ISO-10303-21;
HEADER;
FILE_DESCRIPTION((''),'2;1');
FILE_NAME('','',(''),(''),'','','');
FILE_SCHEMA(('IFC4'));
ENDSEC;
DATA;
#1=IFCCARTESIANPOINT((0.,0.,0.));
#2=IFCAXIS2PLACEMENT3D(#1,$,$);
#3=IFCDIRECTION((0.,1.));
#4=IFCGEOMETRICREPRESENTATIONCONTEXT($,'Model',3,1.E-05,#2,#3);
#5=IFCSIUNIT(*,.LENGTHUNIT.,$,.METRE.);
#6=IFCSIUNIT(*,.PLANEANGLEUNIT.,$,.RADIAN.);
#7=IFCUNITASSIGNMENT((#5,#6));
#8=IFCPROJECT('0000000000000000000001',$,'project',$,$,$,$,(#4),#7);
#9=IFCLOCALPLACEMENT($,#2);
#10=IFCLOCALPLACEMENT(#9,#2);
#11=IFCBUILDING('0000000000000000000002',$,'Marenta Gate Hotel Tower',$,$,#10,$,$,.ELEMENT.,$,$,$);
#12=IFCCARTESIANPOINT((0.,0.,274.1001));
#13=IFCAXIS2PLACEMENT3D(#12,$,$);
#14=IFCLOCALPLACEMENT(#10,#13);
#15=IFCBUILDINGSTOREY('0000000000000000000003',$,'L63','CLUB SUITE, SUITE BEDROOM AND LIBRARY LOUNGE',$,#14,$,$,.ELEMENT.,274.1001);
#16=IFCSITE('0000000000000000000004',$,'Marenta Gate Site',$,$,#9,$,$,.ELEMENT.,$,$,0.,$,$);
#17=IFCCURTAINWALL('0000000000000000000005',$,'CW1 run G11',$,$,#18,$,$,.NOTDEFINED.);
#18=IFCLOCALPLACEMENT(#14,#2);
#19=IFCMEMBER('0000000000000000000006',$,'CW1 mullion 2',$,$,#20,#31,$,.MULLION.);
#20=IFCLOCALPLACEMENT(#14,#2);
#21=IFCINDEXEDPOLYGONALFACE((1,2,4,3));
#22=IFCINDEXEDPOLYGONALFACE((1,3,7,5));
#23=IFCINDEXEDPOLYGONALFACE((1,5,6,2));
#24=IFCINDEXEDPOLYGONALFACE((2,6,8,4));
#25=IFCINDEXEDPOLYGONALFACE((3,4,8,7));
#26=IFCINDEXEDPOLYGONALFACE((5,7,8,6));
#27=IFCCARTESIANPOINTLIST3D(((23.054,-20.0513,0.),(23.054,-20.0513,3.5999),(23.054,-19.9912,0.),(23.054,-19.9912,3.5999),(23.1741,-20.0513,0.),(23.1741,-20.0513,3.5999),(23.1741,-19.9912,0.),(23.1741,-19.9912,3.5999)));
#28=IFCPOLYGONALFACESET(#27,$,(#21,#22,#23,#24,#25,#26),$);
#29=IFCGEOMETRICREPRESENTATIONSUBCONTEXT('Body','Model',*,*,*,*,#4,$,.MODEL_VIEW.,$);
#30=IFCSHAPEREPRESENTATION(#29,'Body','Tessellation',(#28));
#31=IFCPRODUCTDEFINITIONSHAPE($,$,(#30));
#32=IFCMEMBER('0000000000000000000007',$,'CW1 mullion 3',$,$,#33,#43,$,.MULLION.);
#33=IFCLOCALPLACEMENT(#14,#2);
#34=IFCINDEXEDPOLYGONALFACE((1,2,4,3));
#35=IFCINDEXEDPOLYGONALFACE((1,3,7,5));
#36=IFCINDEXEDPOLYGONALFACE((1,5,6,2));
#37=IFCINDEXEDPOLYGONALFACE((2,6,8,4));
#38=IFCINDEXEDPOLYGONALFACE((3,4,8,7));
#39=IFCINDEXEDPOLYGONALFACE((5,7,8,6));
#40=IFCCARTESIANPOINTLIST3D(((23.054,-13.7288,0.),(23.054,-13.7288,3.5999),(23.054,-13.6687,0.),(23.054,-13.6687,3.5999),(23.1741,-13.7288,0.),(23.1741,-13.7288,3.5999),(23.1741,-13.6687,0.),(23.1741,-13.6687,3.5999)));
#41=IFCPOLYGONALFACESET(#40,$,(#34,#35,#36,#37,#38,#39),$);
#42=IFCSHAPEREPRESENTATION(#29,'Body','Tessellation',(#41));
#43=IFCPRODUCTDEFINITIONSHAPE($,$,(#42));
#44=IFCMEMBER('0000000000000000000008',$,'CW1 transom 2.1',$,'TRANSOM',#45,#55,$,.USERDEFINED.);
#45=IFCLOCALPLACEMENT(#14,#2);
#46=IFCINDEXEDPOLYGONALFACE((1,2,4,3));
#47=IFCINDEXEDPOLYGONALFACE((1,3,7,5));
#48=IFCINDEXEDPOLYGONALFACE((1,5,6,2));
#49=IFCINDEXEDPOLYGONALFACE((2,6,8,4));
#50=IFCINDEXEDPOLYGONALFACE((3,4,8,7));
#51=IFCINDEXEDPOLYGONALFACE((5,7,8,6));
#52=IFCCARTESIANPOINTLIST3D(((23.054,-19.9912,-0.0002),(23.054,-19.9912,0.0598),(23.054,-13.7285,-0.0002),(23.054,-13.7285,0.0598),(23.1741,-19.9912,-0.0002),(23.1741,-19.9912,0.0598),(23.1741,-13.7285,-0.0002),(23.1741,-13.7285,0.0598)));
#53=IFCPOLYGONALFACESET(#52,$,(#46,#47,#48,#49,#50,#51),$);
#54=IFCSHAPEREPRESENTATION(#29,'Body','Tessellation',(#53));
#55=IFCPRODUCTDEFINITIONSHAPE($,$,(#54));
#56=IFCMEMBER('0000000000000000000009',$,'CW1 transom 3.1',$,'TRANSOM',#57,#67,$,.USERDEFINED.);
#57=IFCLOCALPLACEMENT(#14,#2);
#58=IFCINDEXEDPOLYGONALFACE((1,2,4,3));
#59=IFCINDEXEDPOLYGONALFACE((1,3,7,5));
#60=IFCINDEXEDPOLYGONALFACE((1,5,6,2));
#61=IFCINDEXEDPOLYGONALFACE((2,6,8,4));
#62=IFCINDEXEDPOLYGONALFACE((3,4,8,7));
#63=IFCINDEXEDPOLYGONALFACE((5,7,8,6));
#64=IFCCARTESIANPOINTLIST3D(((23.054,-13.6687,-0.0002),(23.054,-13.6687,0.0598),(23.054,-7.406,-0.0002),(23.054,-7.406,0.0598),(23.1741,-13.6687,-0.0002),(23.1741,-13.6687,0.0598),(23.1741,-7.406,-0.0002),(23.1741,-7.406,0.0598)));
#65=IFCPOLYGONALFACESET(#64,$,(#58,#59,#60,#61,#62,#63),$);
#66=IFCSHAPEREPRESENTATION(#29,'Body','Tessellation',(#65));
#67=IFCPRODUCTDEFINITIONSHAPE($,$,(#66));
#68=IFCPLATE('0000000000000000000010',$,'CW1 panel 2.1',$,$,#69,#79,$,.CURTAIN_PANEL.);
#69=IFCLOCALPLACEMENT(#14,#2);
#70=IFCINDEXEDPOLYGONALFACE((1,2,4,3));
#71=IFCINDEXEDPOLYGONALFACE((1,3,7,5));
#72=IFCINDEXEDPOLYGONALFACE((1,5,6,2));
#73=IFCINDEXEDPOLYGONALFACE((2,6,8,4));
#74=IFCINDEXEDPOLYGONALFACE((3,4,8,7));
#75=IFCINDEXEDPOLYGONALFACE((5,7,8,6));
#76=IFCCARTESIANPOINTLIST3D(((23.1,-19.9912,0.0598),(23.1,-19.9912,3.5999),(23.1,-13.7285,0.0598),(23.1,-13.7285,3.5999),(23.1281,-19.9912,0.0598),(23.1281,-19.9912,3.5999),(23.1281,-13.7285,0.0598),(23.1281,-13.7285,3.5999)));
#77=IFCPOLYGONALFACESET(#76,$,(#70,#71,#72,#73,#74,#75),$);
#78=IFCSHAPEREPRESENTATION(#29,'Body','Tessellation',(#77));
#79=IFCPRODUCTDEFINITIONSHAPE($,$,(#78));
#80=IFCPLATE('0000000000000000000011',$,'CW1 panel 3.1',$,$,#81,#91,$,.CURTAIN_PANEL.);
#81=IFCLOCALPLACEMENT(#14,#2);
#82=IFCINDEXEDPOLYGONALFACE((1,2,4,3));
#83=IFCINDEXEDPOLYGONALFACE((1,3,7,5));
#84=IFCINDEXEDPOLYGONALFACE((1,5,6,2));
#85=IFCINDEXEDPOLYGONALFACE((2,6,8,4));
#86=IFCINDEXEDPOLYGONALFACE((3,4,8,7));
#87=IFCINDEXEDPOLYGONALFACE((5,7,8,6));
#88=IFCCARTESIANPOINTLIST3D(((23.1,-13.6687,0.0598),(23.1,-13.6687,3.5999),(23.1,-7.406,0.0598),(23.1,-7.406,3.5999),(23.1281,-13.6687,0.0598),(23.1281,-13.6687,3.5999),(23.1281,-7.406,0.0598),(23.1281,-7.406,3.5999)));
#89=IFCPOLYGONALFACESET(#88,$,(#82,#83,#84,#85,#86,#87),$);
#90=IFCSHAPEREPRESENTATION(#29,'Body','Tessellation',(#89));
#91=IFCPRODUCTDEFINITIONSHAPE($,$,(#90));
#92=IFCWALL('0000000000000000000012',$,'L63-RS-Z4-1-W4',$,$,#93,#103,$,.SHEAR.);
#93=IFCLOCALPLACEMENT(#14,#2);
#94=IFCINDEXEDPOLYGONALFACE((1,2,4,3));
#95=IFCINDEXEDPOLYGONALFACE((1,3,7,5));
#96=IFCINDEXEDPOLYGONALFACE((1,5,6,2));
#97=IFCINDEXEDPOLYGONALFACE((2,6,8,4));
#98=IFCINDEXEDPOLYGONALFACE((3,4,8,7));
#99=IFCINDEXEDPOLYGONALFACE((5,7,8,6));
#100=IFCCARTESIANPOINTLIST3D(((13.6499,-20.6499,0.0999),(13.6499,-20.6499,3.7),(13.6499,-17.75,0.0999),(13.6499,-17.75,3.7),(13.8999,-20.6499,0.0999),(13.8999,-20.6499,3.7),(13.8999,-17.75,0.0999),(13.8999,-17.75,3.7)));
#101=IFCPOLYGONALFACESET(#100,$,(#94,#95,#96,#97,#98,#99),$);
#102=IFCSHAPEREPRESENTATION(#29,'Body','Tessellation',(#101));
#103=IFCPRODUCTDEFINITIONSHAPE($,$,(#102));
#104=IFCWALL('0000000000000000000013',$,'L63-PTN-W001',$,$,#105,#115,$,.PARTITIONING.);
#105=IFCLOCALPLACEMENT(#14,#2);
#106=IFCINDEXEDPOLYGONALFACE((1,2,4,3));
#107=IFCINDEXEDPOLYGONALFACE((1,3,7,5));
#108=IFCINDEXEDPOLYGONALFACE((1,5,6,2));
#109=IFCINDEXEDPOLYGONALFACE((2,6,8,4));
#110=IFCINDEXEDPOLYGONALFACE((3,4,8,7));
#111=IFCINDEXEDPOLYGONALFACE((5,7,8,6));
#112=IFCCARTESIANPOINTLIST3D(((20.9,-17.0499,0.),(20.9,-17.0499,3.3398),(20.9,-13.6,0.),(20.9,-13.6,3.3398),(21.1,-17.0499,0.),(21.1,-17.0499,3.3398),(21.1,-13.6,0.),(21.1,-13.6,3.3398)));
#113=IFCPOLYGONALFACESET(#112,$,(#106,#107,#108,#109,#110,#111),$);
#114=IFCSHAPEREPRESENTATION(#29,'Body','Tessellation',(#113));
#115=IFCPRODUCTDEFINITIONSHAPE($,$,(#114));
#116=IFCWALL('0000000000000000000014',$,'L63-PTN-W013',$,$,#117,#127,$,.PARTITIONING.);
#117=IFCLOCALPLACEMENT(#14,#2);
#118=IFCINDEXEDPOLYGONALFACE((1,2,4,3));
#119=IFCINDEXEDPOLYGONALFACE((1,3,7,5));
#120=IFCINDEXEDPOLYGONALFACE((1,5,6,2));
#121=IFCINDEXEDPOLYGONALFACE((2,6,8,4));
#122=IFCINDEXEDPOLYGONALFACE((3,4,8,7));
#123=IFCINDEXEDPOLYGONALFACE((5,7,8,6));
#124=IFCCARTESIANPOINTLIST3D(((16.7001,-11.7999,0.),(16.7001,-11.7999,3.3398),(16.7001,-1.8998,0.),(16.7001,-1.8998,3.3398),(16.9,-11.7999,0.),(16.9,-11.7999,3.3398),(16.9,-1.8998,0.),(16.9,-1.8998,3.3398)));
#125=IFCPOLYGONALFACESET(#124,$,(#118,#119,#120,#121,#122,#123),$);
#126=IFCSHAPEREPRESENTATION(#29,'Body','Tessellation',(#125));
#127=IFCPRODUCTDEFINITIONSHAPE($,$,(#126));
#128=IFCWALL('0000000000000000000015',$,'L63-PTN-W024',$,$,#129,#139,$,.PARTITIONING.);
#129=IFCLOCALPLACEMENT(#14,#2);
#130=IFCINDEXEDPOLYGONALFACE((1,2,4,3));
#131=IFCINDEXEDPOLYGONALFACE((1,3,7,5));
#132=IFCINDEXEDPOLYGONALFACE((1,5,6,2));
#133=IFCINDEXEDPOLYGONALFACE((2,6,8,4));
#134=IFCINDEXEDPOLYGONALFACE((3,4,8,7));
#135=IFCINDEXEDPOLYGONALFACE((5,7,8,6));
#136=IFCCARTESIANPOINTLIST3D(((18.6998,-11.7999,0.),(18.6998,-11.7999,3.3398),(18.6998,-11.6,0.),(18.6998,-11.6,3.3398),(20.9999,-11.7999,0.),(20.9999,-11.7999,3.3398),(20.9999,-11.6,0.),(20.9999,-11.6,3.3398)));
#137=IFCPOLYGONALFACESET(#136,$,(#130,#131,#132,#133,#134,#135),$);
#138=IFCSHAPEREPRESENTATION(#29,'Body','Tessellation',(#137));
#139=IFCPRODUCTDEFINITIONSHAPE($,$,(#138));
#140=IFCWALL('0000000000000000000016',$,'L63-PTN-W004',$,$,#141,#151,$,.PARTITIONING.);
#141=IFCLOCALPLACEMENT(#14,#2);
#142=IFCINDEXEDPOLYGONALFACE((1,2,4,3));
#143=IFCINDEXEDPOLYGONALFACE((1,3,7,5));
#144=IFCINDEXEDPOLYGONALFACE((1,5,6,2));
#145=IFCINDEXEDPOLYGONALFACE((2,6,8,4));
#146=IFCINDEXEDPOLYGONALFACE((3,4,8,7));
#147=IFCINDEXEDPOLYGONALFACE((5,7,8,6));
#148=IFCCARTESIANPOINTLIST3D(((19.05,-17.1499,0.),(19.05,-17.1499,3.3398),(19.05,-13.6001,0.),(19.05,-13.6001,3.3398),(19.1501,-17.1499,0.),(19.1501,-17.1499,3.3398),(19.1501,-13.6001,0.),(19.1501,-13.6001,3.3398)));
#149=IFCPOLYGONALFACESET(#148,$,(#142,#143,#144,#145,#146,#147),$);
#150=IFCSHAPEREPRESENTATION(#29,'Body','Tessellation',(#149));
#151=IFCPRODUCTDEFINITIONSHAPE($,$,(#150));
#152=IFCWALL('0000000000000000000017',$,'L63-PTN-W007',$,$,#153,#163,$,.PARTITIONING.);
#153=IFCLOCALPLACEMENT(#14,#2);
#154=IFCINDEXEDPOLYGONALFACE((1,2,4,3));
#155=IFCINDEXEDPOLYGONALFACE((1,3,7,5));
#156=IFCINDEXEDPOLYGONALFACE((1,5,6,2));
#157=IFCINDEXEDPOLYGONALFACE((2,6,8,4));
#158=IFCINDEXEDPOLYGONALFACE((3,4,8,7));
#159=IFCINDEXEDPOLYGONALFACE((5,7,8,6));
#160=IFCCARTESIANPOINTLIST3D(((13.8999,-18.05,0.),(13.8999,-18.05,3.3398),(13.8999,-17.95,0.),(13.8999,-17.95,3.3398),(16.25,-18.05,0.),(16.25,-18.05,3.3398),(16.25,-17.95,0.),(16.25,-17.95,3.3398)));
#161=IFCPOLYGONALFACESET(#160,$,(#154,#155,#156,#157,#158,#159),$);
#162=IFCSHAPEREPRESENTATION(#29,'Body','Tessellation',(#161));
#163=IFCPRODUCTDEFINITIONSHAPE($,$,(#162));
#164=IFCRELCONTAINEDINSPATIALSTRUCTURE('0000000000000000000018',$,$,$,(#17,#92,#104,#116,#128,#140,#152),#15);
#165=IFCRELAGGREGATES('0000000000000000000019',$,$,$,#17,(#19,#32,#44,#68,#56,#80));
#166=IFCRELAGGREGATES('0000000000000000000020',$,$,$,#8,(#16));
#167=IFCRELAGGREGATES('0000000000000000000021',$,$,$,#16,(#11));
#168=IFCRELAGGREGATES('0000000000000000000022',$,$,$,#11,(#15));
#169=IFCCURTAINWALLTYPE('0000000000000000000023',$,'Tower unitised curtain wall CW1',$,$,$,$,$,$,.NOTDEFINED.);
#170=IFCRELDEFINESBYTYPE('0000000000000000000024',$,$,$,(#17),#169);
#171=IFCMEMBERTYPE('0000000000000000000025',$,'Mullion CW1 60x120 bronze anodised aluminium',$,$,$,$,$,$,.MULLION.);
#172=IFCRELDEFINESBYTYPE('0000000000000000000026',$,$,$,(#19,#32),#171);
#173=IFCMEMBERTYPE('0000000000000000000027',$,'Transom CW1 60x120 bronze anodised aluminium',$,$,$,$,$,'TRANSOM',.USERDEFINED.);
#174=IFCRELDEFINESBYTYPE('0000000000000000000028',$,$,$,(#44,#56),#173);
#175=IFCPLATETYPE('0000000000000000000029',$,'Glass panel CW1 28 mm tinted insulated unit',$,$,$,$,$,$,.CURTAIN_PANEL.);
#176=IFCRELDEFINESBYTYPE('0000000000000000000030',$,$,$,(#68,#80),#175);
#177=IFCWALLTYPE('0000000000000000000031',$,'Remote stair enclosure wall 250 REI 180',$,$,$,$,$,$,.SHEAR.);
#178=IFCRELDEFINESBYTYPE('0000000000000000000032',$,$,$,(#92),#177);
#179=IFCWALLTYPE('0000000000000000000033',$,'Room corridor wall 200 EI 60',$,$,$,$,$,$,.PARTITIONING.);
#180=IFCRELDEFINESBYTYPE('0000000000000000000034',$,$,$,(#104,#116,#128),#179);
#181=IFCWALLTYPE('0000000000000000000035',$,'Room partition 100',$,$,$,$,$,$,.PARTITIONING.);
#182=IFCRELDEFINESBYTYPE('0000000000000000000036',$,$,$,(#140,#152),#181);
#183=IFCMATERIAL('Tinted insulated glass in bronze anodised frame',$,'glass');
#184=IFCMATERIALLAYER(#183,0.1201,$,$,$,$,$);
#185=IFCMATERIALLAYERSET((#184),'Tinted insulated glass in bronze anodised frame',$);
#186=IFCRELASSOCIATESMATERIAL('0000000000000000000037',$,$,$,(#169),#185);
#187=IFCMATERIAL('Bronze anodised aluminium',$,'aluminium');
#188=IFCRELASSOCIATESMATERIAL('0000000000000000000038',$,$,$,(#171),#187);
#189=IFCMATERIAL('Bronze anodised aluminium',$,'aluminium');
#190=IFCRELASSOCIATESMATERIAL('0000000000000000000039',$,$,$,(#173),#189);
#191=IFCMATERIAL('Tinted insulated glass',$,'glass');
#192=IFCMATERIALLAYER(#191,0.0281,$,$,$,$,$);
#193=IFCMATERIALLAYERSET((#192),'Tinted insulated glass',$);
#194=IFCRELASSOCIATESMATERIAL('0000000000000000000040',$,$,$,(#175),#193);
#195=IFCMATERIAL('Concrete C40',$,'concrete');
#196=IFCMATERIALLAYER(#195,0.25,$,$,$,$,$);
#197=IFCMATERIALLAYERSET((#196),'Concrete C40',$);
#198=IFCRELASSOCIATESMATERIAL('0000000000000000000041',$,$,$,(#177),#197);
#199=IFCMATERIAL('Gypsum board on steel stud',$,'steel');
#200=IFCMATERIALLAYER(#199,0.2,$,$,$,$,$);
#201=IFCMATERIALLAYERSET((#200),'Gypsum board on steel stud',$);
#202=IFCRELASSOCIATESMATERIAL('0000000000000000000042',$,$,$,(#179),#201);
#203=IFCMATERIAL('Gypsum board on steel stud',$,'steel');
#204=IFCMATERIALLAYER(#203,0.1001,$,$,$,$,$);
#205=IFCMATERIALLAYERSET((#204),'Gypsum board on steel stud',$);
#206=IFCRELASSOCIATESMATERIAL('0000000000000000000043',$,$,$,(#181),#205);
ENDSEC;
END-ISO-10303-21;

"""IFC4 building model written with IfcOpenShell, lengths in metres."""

from ifc_helpers import new_model, si_unit, direction, frame, frame_2d, origin, origin_2d, place, context, subcontext, project, spatial, rectangle, extrude, material, layer, layer_set, material_profile, profile_set, type_object, element, aggregate, save


model = new_model("IFC4")

# Units and contexts
model_context = context("Model", 3, precision=1e-05, world=origin(), true_north=direction((0.0, 1.0)))
body_context = subcontext(model_context, "Body", "Model", "MODEL_VIEW")
ifc_project = project(units=[si_unit("LENGTHUNIT", "METRE"), si_unit("PLANEANGLEUNIT", "RADIAN")], contexts=[model_context])

# Site, building, storey
site_placement = place(None, origin())
site = spatial("IfcSite", under=ifc_project, at=site_placement, Name="Marenta Gate Site", CompositionType="ELEMENT", RefElevation=0.0)
building_placement = place(site_placement, origin())
building = spatial("IfcBuilding", under=site, at=building_placement, Name="Marenta Gate Hotel Tower", CompositionType="ELEMENT")
storey_placement = place(building_placement, frame((0.0, 0.0, 274.1001)))
storey = spatial("IfcBuildingStorey", under=building, at=storey_placement, Name="L63", Description="CLUB SUITE, SUITE BEDROOM AND LIBRARY LOUNGE", CompositionType="ELEMENT", Elevation=274.1001)

# Curtain wall, members, plates
ifc_material_1 = material(Name="Tinted insulated glass in bronze anodised frame", Category="glass")
ifc_layer_1 = layer(ifc_material_1, 0.1201)
ifc_layer_set_1 = layer_set([ifc_layer_1], Name="Tinted insulated glass in bronze anodised frame")
curtain_wall_type = type_object("IfcCurtainWallType", Name="Tower unitised curtain wall CW1", PredefinedType="NOTDEFINED", material=ifc_layer_set_1)
curtain_wall_placement = place(storey_placement, origin())
curtain_wall = element("IfcCurtainWall", 1, at=curtain_wall_placement, inside=storey, type_object=curtain_wall_type, Name="CW1 run G11", PredefinedType="NOTDEFINED")
ifc_material_2 = material(Name="Bronze anodised aluminium", Category="aluminium")
ifc_material_profile_1 = material_profile(ifc_material_2, rectangle(XDim=0.1201, YDim=0.0601, at=origin_2d()), Name="Mullion CW1 60x120 bronze anodised aluminium")
ifc_profile_set_1 = profile_set([ifc_material_profile_1], Name="Bronze anodised aluminium")
member_type_1 = type_object("IfcMemberType", Name="Mullion CW1 60x120 bronze anodised aluminium", PredefinedType="MULLION", material=ifc_profile_set_1)
member_1_placement = place(storey_placement, frame((23.114, -20.0212, 0.0), z_axis=(0.0, 0.0, 1.0), x_axis=(-1.0, 0.0, 0.0)))
member_1 = element("IfcMember", 2, at=member_1_placement, type_object=member_type_1, Name="CW1 mullion 2", PredefinedType="MULLION", context=body_context, shape_type="SweptSolid", body=[
    extrude(rectangle(XDim=0.1201, YDim=0.0601, at=origin_2d()), origin(), (0.0, 0.0, 1.0), 3.5999),
])
member_2_placement = place(storey_placement, frame((23.114, -13.6987, 0.0), z_axis=(0.0, 0.0, 1.0), x_axis=(-1.0, 0.0, 0.0)))
member_2 = element("IfcMember", 3, at=member_2_placement, type_object=member_type_1, Name="CW1 mullion 3", PredefinedType="MULLION", context=body_context, shape_type="SweptSolid", body=[
    extrude(rectangle(XDim=0.1201, YDim=0.0601, at=origin_2d()), origin(), (0.0, 0.0, 1.0), 3.5999),
])
ifc_material_3 = material(Name="Bronze anodised aluminium", Category="aluminium")
ifc_material_profile_2 = material_profile(ifc_material_3, rectangle(XDim=0.1201, YDim=0.0601, at=origin_2d()), Name="Transom CW1 60x120 bronze anodised aluminium")
ifc_profile_set_2 = profile_set([ifc_material_profile_2], Name="Bronze anodised aluminium")
member_type_2 = type_object("IfcMemberType", Name="Transom CW1 60x120 bronze anodised aluminium", ElementType="TRANSOM", PredefinedType="USERDEFINED", material=ifc_profile_set_2)
member_3_placement = place(storey_placement, frame((23.114, -19.9912, 0.0298), z_axis=(0.0, 1.0, 0.0), x_axis=(-1.0, 0.0, 0.0)))
member_3 = element("IfcMember", 4, at=member_3_placement, type_object=member_type_2, Name="CW1 transom 2.1", ObjectType="TRANSOM", PredefinedType="USERDEFINED", context=body_context, shape_type="SweptSolid", body=[
    extrude(rectangle(XDim=0.1201, YDim=0.0601, at=origin_2d()), origin(), (0.0, 0.0, 1.0), 6.2627),
])
member_4_placement = place(storey_placement, frame((23.114, -13.6687, 0.0298), z_axis=(0.0, 1.0, 0.0), x_axis=(-1.0, 0.0, 0.0)))
member_4 = element("IfcMember", 5, at=member_4_placement, type_object=member_type_2, Name="CW1 transom 3.1", ObjectType="TRANSOM", PredefinedType="USERDEFINED", context=body_context, shape_type="SweptSolid", body=[
    extrude(rectangle(XDim=0.1201, YDim=0.0601, at=origin_2d()), origin(), (0.0, 0.0, 1.0), 6.2627),
])
ifc_material_4 = material(Name="Tinted insulated glass", Category="glass")
ifc_layer_2 = layer(ifc_material_4, 0.0281)
ifc_layer_set_2 = layer_set([ifc_layer_2], Name="Tinted insulated glass")
plate_type = type_object("IfcPlateType", Name="Glass panel CW1 28 mm tinted insulated unit", PredefinedType="CURTAIN_PANEL", material=ifc_layer_set_2)
plate_1_placement = place(storey_placement, frame((23.114, -16.8599, 0.0598), z_axis=(0.0, 0.0, 1.0), x_axis=(0.0, 1.0, 0.0)))
plate_1 = element("IfcPlate", 6, at=plate_1_placement, type_object=plate_type, Name="CW1 panel 2.1", PredefinedType="CURTAIN_PANEL", context=body_context, shape_type="SweptSolid", body=[
    extrude(rectangle(XDim=6.2627, YDim=0.0281, at=origin_2d()), origin(), (0.0, 0.0, 1.0), 3.54),
])
plate_2_placement = place(storey_placement, frame((23.114, -10.5374, 0.0598), z_axis=(0.0, 0.0, 1.0), x_axis=(0.0, 1.0, 0.0)))
plate_2 = element("IfcPlate", 7, at=plate_2_placement, type_object=plate_type, Name="CW1 panel 3.1", PredefinedType="CURTAIN_PANEL", context=body_context, shape_type="SweptSolid", body=[
    extrude(rectangle(XDim=6.2627, YDim=0.0281, at=origin_2d()), origin(), (0.0, 0.0, 1.0), 3.54),
])
aggregate(curtain_wall, [member_1, member_2, member_3, plate_1, member_4, plate_2])

# Walls
ifc_material_5 = material(Name="Concrete C40", Category="concrete")
ifc_layer_3 = layer(ifc_material_5, 0.25)
ifc_layer_set_3 = layer_set([ifc_layer_3], Name="Concrete C40")
wall_type_1 = type_object("IfcWallType", Name="Remote stair enclosure wall 250 REI 180", PredefinedType="SHEAR", material=ifc_layer_set_3)
wall_1_placement = place(storey_placement, frame((13.7749, -20.6499, 0.0999), z_axis=(0.0, 0.0, 1.0), x_axis=(0.0, 1.0, 0.0)))
element("IfcWall", 8, at=wall_1_placement, inside=storey, type_object=wall_type_1, Name="L63-RS-Z4-1-W4", PredefinedType="SHEAR", context=body_context, shape_type="SweptSolid", body=[
    extrude(rectangle(XDim=2.8999, YDim=0.25, at=frame_2d((1.45, 0.0))), origin(), (0.0, 0.0, 1.0), 3.6001),
])
ifc_material_6 = material(Name="Gypsum board on steel stud", Category="steel")
ifc_layer_4 = layer(ifc_material_6, 0.2)
ifc_layer_set_4 = layer_set([ifc_layer_4], Name="Gypsum board on steel stud")
wall_type_2 = type_object("IfcWallType", Name="Room corridor wall 200 EI 60", PredefinedType="PARTITIONING", material=ifc_layer_set_4)
wall_2_placement = place(storey_placement, frame((21.0, -17.05, 0.0), z_axis=(0.0, 0.0, 1.0), x_axis=(0.0, 1.0, 0.0)))
element("IfcWall", 9, at=wall_2_placement, inside=storey, type_object=wall_type_2, Name="L63-PTN-W001", PredefinedType="PARTITIONING", context=body_context, shape_type="SweptSolid", body=[
    extrude(rectangle(XDim=3.45, YDim=0.2, at=frame_2d((1.7251, 0.0))), origin(), (0.0, 0.0, 1.0), 3.3398),
])

# Walls
wall_3_placement = place(storey_placement, frame((16.8, -11.8, 0.0), z_axis=(0.0, 0.0, 1.0), x_axis=(0.0, 1.0, 0.0)))
element("IfcWall", 10, at=wall_3_placement, inside=storey, type_object=wall_type_2, Name="L63-PTN-W013", PredefinedType="PARTITIONING", context=body_context, shape_type="SweptSolid", body=[
    extrude(rectangle(XDim=9.9001, YDim=0.2, at=frame_2d((4.9502, 0.0))), origin(), (0.0, 0.0, 1.0), 3.3398),
])
wall_4_placement = place(storey_placement, frame((18.7, -11.7, 0.0), z_axis=(0.0, 0.0, 1.0), x_axis=(1.0, 0.0, 0.0)))
element("IfcWall", 11, at=wall_4_placement, inside=storey, type_object=wall_type_2, Name="L63-PTN-W024", PredefinedType="PARTITIONING", context=body_context, shape_type="SweptSolid", body=[
    extrude(rectangle(XDim=2.3, YDim=0.2, at=frame_2d((1.1499, 0.0))), origin(), (0.0, 0.0, 1.0), 3.3398),
])
ifc_material_7 = material(Name="Gypsum board on steel stud", Category="steel")
ifc_layer_5 = layer(ifc_material_7, 0.1001)
ifc_layer_set_5 = layer_set([ifc_layer_5], Name="Gypsum board on steel stud")
wall_type_3 = type_object("IfcWallType", Name="Room partition 100", PredefinedType="PARTITIONING", material=ifc_layer_set_5)
wall_5_placement = place(storey_placement, frame((19.1001, -17.1499, 0.0), z_axis=(0.0, 0.0, 1.0), x_axis=(0.0, 1.0, 0.0)))
element("IfcWall", 12, at=wall_5_placement, inside=storey, type_object=wall_type_3, Name="L63-PTN-W004", PredefinedType="PARTITIONING", context=body_context, shape_type="SweptSolid", body=[
    extrude(rectangle(XDim=3.5498, YDim=0.1001, at=frame_2d((1.7749, 0.0))), origin(), (0.0, 0.0, 1.0), 3.3398),
])
wall_6_placement = place(storey_placement, frame((13.8999, -18.0, 0.0), z_axis=(0.0, 0.0, 1.0), x_axis=(1.0, 0.0, 0.0)))
element("IfcWall", 13, at=wall_6_placement, inside=storey, type_object=wall_type_3, Name="L63-PTN-W007", PredefinedType="PARTITIONING", context=body_context, shape_type="SweptSolid", body=[
    extrude(rectangle(XDim=2.3501, YDim=0.1001, at=frame_2d((1.175, 0.0))), origin(), (0.0, 0.0, 1.0), 3.3398),
])

save(model, "model.ifc")
